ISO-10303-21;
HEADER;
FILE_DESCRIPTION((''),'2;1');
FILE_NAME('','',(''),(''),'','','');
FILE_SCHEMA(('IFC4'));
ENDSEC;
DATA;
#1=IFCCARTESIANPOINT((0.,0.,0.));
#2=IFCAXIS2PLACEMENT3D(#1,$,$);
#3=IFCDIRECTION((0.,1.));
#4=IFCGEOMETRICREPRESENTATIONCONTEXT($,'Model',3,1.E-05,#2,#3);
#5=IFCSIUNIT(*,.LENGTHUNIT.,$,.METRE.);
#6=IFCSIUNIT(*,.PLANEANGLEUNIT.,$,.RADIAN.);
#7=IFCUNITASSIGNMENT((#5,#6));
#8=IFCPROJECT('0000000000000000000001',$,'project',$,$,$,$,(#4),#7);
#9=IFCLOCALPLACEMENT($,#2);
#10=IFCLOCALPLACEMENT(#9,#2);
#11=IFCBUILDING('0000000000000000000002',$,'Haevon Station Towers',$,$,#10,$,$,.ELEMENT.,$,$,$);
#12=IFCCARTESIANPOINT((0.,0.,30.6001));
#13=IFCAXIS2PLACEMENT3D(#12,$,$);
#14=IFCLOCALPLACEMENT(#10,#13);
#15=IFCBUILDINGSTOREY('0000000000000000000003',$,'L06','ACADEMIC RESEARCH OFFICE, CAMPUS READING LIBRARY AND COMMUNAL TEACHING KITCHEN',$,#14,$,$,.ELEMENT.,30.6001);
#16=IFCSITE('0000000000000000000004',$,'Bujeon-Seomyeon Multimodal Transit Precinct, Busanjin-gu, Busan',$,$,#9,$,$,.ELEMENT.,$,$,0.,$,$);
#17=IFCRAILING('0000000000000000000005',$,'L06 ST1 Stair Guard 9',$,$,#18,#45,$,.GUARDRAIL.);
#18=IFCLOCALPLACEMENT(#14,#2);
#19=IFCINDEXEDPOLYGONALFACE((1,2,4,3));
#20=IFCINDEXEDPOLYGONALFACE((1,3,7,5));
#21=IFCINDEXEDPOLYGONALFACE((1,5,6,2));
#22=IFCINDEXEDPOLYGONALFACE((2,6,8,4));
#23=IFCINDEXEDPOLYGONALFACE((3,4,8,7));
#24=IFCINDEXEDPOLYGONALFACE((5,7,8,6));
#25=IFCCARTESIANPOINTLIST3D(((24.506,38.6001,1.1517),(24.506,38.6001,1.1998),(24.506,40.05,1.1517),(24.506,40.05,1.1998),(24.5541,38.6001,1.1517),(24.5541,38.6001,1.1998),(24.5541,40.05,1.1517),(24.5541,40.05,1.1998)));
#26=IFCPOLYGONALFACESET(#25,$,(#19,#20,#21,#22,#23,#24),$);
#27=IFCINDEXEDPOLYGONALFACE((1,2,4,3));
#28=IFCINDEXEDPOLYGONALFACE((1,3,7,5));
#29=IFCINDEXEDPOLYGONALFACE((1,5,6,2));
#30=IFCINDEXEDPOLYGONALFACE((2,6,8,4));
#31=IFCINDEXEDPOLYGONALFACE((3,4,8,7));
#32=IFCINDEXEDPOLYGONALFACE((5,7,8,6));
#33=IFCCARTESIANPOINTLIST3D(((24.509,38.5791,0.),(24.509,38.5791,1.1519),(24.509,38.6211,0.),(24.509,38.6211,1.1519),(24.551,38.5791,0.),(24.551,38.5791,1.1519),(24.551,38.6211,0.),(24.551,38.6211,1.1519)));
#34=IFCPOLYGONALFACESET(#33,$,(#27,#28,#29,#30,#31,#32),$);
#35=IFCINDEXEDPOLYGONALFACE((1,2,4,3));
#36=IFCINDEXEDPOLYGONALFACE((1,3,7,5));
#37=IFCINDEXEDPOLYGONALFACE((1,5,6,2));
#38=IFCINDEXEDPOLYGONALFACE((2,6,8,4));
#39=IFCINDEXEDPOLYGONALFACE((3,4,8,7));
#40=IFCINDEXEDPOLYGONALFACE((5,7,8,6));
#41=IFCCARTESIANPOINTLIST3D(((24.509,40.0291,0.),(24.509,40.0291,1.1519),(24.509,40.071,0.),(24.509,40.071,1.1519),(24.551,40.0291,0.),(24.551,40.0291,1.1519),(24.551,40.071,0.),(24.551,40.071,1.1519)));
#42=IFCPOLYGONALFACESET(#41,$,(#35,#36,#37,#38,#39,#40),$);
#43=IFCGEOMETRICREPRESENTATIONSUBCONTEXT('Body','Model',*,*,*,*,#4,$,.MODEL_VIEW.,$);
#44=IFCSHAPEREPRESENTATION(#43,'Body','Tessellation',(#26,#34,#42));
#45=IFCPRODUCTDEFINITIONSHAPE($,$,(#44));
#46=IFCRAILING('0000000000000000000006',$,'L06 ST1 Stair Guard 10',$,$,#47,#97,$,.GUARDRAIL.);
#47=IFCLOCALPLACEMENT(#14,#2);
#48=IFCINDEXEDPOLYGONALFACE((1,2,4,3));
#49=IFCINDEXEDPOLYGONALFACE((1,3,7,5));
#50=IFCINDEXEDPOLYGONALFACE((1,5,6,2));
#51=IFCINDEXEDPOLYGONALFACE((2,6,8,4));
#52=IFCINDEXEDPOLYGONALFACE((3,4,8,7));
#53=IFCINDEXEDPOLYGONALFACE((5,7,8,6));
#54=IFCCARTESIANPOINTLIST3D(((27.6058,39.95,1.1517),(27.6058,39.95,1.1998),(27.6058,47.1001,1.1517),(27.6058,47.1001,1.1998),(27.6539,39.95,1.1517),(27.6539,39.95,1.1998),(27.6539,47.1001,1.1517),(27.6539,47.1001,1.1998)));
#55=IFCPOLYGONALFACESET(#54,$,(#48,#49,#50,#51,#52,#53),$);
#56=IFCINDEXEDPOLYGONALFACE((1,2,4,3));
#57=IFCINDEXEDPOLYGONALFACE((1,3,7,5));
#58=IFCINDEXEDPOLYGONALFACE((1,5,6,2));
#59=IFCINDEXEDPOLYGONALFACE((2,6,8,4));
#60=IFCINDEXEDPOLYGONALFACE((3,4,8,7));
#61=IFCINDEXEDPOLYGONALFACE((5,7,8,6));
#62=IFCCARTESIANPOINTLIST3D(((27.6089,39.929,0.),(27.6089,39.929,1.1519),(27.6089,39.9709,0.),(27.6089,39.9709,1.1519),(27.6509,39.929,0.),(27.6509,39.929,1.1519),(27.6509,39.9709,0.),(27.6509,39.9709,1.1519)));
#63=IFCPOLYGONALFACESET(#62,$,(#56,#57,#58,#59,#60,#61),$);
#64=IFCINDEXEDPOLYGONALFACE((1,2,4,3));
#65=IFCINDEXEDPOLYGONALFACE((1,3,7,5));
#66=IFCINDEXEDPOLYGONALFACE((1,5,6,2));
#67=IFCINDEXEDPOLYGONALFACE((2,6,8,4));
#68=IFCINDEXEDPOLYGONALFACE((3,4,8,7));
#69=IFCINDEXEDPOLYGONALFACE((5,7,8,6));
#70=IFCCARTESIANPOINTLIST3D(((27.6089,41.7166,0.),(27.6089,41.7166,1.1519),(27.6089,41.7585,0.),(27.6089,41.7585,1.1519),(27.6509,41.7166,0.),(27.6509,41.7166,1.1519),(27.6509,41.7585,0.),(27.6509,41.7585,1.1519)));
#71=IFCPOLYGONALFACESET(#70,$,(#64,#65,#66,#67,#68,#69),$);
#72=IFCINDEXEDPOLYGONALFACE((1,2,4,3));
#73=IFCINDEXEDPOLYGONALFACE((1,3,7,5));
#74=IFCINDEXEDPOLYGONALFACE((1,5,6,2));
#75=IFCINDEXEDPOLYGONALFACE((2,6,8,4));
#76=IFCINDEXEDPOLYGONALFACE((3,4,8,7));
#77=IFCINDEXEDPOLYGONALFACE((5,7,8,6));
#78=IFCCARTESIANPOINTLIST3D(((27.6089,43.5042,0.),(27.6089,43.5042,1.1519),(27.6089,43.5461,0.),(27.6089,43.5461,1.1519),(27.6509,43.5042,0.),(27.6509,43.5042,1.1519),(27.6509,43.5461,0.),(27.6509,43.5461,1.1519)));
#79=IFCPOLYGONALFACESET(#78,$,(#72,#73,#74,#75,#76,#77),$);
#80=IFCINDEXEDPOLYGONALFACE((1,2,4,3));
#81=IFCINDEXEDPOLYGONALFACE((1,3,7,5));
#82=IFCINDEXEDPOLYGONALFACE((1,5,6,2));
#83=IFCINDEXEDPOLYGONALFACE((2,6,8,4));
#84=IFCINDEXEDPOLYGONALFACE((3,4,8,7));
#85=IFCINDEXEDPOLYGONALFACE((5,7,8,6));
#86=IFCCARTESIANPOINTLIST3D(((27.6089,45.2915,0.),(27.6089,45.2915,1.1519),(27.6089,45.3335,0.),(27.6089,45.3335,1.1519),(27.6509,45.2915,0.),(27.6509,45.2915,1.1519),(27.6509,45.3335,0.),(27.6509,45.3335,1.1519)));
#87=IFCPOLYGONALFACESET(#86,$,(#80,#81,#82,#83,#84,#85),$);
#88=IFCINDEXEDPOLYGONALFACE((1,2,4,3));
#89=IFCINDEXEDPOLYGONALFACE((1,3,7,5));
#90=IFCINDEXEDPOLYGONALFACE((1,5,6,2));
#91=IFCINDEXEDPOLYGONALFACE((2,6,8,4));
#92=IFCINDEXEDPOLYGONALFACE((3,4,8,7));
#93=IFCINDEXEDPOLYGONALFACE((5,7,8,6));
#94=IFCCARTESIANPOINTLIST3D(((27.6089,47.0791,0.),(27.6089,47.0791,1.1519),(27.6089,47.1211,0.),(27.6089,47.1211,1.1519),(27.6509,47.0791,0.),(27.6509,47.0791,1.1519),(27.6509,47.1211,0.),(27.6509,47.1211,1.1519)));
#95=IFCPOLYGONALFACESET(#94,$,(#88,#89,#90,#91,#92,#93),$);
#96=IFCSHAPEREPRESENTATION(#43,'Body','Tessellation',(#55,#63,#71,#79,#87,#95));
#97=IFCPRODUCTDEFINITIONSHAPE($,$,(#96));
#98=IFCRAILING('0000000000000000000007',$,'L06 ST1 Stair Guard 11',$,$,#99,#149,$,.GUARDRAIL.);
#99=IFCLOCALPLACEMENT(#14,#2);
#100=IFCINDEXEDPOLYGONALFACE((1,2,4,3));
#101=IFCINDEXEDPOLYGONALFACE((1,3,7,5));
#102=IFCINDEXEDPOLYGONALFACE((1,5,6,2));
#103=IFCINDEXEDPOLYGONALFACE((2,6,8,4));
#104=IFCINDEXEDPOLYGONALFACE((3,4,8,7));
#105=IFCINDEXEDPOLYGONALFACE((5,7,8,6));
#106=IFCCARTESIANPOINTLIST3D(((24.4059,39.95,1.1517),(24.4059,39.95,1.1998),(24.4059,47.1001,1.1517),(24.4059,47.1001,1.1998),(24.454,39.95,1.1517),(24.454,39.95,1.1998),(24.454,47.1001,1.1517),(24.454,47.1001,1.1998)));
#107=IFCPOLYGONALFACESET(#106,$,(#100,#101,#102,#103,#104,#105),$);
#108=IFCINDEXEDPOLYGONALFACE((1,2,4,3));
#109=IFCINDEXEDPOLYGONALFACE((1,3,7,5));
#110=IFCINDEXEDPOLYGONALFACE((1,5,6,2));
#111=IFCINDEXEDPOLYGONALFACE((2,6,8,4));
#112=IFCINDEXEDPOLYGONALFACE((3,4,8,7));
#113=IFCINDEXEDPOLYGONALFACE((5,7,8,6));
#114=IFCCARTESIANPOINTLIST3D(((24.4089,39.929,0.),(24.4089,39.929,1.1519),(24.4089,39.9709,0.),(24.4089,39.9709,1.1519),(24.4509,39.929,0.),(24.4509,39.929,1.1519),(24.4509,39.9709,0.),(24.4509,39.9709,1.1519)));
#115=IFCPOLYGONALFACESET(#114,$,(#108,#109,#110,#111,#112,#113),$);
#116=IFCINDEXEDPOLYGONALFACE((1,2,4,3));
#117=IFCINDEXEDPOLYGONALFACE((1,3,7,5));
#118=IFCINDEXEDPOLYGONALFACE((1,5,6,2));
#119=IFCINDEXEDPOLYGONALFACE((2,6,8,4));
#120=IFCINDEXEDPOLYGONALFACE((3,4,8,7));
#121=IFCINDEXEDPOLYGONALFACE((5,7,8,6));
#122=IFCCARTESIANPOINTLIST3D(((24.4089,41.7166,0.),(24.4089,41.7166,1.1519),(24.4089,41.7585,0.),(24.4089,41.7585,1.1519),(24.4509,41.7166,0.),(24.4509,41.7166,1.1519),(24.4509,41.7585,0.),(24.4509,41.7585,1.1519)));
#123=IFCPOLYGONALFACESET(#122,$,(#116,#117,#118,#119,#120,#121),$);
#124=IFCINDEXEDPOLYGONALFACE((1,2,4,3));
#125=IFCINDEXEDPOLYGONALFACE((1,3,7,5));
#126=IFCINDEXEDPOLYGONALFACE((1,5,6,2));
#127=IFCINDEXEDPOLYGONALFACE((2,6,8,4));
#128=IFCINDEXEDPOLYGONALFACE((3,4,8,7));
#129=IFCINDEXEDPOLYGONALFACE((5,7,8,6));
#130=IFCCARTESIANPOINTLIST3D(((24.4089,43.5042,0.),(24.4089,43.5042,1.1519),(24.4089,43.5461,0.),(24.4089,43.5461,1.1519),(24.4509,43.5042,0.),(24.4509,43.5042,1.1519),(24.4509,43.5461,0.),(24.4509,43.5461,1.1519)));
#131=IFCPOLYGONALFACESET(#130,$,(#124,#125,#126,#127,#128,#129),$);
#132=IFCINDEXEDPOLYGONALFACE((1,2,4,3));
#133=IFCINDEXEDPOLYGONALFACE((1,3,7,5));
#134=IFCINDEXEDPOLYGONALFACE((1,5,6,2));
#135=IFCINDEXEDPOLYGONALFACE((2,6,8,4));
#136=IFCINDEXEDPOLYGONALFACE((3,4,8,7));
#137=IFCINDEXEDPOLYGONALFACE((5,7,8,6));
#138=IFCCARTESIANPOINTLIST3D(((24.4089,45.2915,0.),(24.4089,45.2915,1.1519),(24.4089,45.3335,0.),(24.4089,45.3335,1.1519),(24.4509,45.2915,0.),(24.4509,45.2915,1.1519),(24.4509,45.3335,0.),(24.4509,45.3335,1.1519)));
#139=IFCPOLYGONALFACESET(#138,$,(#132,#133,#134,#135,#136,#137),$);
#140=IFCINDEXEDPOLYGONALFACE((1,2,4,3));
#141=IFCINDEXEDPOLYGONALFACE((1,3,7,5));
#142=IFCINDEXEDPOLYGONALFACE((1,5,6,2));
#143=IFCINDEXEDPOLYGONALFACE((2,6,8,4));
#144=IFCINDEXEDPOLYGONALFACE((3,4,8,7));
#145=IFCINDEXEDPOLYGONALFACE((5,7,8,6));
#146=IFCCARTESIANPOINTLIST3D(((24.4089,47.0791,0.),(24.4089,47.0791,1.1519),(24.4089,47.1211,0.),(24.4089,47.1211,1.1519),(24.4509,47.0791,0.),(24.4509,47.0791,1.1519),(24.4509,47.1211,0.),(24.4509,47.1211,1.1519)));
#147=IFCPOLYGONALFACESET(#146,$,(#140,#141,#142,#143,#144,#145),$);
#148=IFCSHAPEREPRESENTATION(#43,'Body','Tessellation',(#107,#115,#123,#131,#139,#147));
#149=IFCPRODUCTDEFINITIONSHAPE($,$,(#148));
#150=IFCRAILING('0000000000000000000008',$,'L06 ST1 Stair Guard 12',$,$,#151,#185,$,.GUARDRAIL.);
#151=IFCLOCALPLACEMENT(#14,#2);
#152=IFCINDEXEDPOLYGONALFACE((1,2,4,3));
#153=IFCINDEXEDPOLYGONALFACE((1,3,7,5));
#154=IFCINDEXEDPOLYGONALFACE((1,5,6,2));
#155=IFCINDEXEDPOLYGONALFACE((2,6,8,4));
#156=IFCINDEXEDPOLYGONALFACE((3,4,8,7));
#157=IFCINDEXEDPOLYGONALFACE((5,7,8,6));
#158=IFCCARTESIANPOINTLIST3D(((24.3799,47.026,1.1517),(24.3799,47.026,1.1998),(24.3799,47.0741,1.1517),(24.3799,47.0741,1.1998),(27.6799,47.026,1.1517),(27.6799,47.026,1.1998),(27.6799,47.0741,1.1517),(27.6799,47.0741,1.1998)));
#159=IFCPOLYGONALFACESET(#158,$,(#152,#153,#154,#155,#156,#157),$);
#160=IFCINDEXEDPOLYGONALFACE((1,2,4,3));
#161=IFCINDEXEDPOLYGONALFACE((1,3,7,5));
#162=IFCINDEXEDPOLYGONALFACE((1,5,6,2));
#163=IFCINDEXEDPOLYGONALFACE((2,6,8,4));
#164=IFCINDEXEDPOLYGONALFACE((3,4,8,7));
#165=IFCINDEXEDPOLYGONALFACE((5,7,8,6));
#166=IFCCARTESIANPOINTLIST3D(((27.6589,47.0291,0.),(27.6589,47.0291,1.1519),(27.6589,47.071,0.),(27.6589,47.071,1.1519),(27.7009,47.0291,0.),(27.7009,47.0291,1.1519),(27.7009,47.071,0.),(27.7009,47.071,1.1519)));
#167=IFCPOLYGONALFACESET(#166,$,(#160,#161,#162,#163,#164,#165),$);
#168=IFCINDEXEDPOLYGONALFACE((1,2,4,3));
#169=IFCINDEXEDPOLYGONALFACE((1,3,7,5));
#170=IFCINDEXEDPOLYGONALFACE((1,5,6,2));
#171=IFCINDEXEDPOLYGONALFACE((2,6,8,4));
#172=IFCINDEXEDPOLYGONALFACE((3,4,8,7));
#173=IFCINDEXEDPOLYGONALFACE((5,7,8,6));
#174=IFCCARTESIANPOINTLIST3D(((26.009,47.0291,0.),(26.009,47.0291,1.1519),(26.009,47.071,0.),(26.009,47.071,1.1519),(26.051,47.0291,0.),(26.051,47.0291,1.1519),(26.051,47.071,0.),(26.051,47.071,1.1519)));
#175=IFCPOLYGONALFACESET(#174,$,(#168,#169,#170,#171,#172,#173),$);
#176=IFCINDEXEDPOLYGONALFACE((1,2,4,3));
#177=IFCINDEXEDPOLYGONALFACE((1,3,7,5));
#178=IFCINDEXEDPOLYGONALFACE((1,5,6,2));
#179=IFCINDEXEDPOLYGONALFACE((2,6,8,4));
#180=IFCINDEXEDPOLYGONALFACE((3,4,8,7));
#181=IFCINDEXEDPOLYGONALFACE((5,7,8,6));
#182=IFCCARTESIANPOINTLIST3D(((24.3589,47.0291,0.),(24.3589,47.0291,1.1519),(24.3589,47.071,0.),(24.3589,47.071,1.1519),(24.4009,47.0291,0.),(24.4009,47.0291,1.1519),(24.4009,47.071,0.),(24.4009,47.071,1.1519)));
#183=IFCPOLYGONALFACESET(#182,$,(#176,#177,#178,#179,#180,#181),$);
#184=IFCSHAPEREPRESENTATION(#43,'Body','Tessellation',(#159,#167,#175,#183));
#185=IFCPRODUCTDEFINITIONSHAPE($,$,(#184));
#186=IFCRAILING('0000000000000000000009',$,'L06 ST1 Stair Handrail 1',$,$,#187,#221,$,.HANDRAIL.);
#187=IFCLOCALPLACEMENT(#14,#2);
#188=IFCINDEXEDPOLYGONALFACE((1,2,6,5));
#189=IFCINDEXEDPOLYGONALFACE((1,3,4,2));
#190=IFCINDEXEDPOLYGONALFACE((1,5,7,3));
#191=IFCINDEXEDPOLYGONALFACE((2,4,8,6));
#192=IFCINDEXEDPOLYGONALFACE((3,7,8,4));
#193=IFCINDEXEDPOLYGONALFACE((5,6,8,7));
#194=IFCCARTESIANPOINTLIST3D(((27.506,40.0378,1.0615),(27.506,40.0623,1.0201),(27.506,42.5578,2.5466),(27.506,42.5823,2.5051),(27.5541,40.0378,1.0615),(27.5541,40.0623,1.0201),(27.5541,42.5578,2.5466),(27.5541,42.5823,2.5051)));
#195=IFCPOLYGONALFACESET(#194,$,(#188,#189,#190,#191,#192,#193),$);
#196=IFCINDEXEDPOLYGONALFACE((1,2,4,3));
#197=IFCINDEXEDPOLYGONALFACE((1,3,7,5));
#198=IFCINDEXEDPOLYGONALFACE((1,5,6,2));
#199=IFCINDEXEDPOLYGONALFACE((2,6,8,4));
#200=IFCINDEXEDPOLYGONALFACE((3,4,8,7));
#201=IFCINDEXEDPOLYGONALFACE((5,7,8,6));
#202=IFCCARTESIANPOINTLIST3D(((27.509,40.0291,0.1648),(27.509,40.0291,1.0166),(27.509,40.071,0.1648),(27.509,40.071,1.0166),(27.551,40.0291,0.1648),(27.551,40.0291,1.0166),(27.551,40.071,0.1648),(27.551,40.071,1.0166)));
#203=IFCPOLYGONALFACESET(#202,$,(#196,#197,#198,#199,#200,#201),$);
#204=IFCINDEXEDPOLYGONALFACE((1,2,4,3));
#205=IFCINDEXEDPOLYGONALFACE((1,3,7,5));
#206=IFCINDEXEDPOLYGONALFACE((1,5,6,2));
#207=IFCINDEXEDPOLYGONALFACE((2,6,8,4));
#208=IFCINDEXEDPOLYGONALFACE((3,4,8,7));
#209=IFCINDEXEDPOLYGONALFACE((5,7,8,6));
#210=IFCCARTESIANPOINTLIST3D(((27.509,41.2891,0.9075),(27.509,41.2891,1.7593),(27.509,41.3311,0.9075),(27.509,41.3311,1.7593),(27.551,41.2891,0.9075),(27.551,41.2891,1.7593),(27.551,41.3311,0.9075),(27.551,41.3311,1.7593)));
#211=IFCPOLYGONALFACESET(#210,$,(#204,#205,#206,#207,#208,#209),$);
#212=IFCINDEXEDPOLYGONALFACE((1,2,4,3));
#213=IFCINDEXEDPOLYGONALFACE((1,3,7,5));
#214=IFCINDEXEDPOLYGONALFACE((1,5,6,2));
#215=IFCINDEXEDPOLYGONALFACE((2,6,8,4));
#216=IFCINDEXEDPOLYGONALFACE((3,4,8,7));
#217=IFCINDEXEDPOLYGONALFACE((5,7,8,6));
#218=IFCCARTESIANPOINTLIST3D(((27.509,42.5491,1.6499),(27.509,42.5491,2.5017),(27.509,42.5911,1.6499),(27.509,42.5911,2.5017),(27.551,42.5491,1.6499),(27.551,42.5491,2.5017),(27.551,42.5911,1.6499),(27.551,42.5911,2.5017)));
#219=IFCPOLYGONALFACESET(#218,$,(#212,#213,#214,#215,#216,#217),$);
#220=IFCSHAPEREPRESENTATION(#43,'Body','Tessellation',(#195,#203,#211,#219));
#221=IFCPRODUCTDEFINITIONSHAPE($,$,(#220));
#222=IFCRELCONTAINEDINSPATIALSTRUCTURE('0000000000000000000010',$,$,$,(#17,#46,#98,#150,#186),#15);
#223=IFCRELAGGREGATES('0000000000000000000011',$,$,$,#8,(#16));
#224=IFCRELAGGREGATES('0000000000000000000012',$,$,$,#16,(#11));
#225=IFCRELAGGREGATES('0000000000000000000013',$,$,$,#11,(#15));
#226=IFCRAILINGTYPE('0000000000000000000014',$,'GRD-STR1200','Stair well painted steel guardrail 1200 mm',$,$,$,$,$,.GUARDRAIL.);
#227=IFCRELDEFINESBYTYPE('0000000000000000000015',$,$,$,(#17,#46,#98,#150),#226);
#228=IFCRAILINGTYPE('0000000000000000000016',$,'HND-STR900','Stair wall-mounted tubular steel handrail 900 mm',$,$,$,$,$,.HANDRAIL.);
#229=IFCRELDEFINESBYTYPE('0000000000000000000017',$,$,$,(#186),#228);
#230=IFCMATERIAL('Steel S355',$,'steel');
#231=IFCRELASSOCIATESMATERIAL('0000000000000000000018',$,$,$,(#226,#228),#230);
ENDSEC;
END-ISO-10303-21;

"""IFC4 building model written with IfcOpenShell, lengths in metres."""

from ifc_helpers import new_model, si_unit, direction, frame, origin, origin_2d, place, context, subcontext, project, spatial, rectangle, extrude, material, type_object, element, save


model = new_model("IFC4")

# Units and contexts
model_context = context("Model", 3, precision=1e-05, world=origin(), true_north=direction((0.0, 1.0)))
body_context = subcontext(model_context, "Body", "Model", "MODEL_VIEW")
ifc_project = project(units=[si_unit("LENGTHUNIT", "METRE"), si_unit("PLANEANGLEUNIT", "RADIAN")], contexts=[model_context])

# Site, building, storey
site_placement = place(None, origin())
site = spatial("IfcSite", under=ifc_project, at=site_placement, Name="Bujeon-Seomyeon Multimodal Transit Precinct, Busanjin-gu, Busan", CompositionType="ELEMENT", RefElevation=0.0)
building_placement = place(site_placement, origin())
building = spatial("IfcBuilding", under=site, at=building_placement, Name="Haevon Station Towers", CompositionType="ELEMENT")
storey_placement = place(building_placement, frame((0.0, 0.0, 30.6001)))
storey = spatial("IfcBuildingStorey", under=building, at=storey_placement, Name="L06", Description="ACADEMIC RESEARCH OFFICE, CAMPUS READING LIBRARY AND COMMUNAL TEACHING KITCHEN", CompositionType="ELEMENT", Elevation=30.6001)

# Shared definitions
ifc_material_1 = material(Name="Steel S355", Category="steel")

# Railings
railing_type_1 = type_object("IfcRailingType", Name="GRD-STR1200", Description="Stair well painted steel guardrail 1200 mm", PredefinedType="GUARDRAIL", material=ifc_material_1)
for number, where, name in (
    (1, (24.53, 38.6001, 0.0), "L06 ST1 Stair Guard 9"),
):
    element("IfcRailing", number, at=place(storey_placement, frame(where)), inside=storey, type_object=railing_type_1, Name=name, PredefinedType="GUARDRAIL", context=body_context, shape_type="SweptSolid", body=[
        extrude(rectangle(XDim=0.0481, YDim=0.0481, at=origin_2d()), frame((0.0, 0.0, 1.1758), z_axis=(0.0, 1.0, 0.0), x_axis=(-1.0, 0.0, 0.0)), (0.0, 0.0, 1.0), 1.45),
        extrude(rectangle(XDim=0.042, YDim=0.042, at=origin_2d()), origin(), (0.0, 0.0, 1.0), 1.1519),
        extrude(rectangle(XDim=0.042, YDim=0.042, at=origin_2d()), frame((0.0, 1.45, 0.0)), (0.0, 0.0, 1.0), 1.1519),
    ])
for number, where, name in (
    (2, (27.6299, 39.95, 0.0), "L06 ST1 Stair Guard 10"),
    (3, (24.4299, 39.95, 0.0), "L06 ST1 Stair Guard 11"),
):
    element("IfcRailing", number, at=place(storey_placement, frame(where)), inside=storey, type_object=railing_type_1, Name=name, PredefinedType="GUARDRAIL", context=body_context, shape_type="SweptSolid", body=[
        extrude(rectangle(XDim=0.0481, YDim=0.0481, at=origin_2d()), frame((0.0, 0.0, 1.1758), z_axis=(0.0, 1.0, 0.0), x_axis=(-1.0, 0.0, 0.0)), (0.0, 0.0, 1.0), 7.1501),
        extrude(rectangle(XDim=0.042, YDim=0.042, at=origin_2d()), origin(), (0.0, 0.0, 1.0), 1.1519),
        extrude(rectangle(XDim=0.042, YDim=0.042, at=origin_2d()), frame((0.0, 1.7876, 0.0)), (0.0, 0.0, 1.0), 1.1519),
        extrude(rectangle(XDim=0.042, YDim=0.042, at=origin_2d()), frame((0.0, 3.5752, 0.0)), (0.0, 0.0, 1.0), 1.1519),
        extrude(rectangle(XDim=0.042, YDim=0.042, at=origin_2d()), frame((0.0, 5.3625, 0.0)), (0.0, 0.0, 1.0), 1.1519),
        extrude(rectangle(XDim=0.042, YDim=0.042, at=origin_2d()), frame((0.0, 7.1501, 0.0)), (0.0, 0.0, 1.0), 1.1519),
    ])
railing_1_placement = place(storey_placement, frame((27.6799, 47.05, 0.0)))
element("IfcRailing", 4, at=railing_1_placement, inside=storey, type_object=railing_type_1, Name="L06 ST1 Stair Guard 12", PredefinedType="GUARDRAIL", context=body_context, shape_type="SweptSolid", body=[
    extrude(rectangle(XDim=0.0481, YDim=0.0481, at=origin_2d()), frame((0.0, 0.0, 1.1758), z_axis=(-1.0, 0.0, 0.0), x_axis=(0.0, -1.0, 0.0)), (0.0, 0.0, 1.0), 3.3),
    extrude(rectangle(XDim=0.042, YDim=0.042, at=origin_2d()), origin(), (0.0, 0.0, 1.0), 1.1519),
    extrude(rectangle(XDim=0.042, YDim=0.042, at=origin_2d()), frame((-1.6499, 0.0, 0.0)), (0.0, 0.0, 1.0), 1.1519),
    extrude(rectangle(XDim=0.042, YDim=0.042, at=origin_2d()), frame((-3.3, 0.0, 0.0)), (0.0, 0.0, 1.0), 1.1519),
])
railing_type_2 = type_object("IfcRailingType", Name="HND-STR900", Description="Stair wall-mounted tubular steel handrail 900 mm", PredefinedType="HANDRAIL", material=ifc_material_1)
railing_2_placement = place(storey_placement, frame((27.53, 40.05, 0.1648)))
element("IfcRailing", 5, at=railing_2_placement, inside=storey, type_object=railing_type_2, Name="L06 ST1 Stair Handrail 1", PredefinedType="HANDRAIL", context=body_context, shape_type="SweptSolid", body=[
    extrude(rectangle(XDim=0.0481, YDim=0.0481, at=origin_2d()), frame((0.0, 0.0, 0.876), z_axis=(0.0, 0.861524, 0.507717), x_axis=(-1.0, 0.0, 0.0)), (0.0, 0.0, 1.0), 2.925),
    extrude(rectangle(XDim=0.042, YDim=0.042, at=origin_2d()), origin(), (0.0, 0.0, 1.0), 0.8518),
    extrude(rectangle(XDim=0.042, YDim=0.042, at=origin_2d()), frame((0.0, 1.26, 0.7427)), (0.0, 0.0, 1.0), 0.8518),
    extrude(rectangle(XDim=0.042, YDim=0.042, at=origin_2d()), frame((0.0, 2.52, 1.4851)), (0.0, 0.0, 1.0), 0.8518),
])

save(model, "model.ifc")
